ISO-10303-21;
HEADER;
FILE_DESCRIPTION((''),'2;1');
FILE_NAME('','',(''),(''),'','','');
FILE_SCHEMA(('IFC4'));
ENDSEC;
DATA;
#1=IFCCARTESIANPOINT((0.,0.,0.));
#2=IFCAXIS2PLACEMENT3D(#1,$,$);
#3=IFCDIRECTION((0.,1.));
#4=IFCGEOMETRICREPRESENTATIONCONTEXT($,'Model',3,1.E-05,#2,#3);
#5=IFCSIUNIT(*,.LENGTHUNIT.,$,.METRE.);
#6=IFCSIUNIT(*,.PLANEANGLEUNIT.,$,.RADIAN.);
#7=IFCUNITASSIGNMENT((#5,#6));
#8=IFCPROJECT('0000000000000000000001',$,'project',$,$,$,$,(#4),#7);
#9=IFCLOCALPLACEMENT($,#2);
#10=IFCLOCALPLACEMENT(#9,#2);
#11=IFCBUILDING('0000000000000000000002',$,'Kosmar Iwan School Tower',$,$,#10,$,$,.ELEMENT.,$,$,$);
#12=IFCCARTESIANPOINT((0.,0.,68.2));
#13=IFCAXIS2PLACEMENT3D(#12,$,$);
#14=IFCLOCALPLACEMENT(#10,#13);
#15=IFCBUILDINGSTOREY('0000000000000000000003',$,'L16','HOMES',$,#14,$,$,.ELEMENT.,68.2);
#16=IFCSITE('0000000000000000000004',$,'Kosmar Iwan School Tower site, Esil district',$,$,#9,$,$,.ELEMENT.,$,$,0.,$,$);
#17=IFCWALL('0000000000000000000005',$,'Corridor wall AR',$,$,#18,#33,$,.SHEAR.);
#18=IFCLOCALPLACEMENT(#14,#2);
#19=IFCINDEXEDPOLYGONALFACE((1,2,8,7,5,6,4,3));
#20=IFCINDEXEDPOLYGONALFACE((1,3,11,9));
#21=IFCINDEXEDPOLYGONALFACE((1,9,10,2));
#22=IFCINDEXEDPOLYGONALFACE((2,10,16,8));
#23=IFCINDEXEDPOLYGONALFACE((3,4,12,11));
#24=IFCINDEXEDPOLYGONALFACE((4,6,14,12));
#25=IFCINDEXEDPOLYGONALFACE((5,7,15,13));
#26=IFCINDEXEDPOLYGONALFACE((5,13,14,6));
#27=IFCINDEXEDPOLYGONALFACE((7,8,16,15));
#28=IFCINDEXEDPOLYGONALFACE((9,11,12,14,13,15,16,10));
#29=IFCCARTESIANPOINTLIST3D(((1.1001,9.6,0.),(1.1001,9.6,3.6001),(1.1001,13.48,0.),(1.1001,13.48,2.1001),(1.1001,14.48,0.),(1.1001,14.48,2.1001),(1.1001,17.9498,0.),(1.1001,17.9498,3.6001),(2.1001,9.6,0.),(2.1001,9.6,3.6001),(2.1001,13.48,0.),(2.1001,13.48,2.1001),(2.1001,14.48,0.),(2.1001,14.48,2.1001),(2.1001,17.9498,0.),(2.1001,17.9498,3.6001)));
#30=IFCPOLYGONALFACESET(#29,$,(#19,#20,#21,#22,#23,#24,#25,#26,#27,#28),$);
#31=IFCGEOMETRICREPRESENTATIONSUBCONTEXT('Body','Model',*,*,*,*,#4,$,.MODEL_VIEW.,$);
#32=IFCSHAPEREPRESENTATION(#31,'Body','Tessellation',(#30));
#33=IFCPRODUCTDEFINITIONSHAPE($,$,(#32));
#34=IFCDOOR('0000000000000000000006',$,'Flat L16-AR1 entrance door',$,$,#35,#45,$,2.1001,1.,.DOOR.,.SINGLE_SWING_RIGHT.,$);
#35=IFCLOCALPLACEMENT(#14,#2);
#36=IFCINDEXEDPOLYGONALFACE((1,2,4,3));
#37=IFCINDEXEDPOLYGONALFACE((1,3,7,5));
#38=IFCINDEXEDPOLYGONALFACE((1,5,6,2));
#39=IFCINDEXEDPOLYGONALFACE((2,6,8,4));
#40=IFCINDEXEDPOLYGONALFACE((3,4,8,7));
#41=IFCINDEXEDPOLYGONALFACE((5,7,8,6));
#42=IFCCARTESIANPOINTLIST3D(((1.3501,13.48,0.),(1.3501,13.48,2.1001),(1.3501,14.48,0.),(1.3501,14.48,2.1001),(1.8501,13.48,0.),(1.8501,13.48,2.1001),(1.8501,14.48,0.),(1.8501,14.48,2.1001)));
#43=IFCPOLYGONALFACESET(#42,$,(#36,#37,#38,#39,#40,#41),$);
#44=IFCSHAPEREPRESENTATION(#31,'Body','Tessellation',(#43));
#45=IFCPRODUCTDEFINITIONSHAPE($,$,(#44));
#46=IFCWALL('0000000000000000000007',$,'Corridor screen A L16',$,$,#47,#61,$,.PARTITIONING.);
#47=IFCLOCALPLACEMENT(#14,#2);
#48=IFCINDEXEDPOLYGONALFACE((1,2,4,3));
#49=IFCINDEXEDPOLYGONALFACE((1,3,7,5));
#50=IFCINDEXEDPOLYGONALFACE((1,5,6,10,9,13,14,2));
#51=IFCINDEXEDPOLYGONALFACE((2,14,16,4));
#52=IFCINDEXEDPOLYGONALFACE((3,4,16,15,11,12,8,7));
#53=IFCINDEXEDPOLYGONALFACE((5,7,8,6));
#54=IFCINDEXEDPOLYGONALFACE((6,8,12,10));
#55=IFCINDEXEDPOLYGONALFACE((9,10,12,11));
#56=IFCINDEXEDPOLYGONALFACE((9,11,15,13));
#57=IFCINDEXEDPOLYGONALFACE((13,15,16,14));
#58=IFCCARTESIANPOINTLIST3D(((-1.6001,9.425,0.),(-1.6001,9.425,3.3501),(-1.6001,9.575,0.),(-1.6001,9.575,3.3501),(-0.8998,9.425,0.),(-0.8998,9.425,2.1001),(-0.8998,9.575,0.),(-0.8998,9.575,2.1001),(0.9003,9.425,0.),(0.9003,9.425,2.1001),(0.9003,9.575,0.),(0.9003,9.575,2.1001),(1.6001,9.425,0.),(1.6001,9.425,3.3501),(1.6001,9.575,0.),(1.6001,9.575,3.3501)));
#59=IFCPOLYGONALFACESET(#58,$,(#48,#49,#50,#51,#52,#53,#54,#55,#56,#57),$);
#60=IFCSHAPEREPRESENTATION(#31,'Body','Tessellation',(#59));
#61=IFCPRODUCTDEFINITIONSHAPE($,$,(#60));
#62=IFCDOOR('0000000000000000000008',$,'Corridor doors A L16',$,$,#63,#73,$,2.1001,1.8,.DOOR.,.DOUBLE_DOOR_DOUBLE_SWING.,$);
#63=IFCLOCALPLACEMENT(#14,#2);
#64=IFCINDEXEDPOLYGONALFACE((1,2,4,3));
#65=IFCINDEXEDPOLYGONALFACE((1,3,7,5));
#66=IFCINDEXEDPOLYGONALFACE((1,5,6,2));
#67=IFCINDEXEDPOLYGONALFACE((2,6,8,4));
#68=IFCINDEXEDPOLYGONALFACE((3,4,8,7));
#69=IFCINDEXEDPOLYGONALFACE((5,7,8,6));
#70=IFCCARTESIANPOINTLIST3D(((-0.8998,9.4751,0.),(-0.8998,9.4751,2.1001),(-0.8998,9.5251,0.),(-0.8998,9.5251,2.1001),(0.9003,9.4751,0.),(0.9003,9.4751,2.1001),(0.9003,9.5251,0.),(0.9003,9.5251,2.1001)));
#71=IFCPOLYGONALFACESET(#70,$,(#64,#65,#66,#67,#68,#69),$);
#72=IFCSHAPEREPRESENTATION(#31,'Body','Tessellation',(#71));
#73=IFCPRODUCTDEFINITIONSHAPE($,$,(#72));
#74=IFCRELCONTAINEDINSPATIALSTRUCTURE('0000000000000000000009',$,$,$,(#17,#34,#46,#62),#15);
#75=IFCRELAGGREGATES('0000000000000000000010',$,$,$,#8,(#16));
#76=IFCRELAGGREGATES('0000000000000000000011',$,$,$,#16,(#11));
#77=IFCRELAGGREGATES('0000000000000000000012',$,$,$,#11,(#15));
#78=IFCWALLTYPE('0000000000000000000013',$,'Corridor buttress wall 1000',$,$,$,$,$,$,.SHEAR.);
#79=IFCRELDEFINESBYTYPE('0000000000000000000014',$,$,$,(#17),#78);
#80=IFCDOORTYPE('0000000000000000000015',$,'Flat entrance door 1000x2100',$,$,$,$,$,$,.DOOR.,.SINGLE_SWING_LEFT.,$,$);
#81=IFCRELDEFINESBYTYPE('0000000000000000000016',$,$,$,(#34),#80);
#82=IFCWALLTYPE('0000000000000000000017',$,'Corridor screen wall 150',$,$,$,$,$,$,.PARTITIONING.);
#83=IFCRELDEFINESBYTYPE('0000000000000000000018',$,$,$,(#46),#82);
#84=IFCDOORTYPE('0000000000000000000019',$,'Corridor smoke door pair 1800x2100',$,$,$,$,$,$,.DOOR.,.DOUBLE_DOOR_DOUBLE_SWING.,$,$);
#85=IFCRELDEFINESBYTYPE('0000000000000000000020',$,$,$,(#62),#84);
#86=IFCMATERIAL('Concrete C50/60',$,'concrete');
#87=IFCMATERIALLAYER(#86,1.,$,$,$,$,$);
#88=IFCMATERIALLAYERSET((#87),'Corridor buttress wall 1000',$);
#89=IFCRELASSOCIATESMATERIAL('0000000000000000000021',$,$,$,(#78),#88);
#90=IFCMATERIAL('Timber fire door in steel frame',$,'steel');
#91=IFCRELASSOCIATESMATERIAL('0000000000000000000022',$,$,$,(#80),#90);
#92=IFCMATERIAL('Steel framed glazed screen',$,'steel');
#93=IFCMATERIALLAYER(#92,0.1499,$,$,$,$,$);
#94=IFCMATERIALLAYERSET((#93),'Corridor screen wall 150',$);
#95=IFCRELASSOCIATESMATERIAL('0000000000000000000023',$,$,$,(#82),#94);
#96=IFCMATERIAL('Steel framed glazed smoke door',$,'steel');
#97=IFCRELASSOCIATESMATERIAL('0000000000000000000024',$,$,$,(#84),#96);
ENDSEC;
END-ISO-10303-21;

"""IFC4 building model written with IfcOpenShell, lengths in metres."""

from ifc_helpers import new_model, si_unit, direction, frame, frame_2d, origin, place, context, subcontext, project, spatial, rectangle, extrude, material, layer, layer_set, type_object, element, fill, save


model = new_model("IFC4")

# Units and contexts
model_context = context("Model", 3, precision=1e-05, world=origin(), true_north=direction((0.0, 1.0)))
body_context = subcontext(model_context, "Body", "Model", "MODEL_VIEW")
ifc_project = project(units=[si_unit("LENGTHUNIT", "METRE"), si_unit("PLANEANGLEUNIT", "RADIAN")], contexts=[model_context])

# Site, building, storey
site_placement = place(None, origin())
site = spatial("IfcSite", under=ifc_project, at=site_placement, Name="Kosmar Iwan School Tower site, Esil district", CompositionType="ELEMENT", RefElevation=0.0)
building_placement = place(site_placement, origin())
building = spatial("IfcBuilding", under=site, at=building_placement, Name="Kosmar Iwan School Tower", CompositionType="ELEMENT")
storey_placement = place(building_placement, frame((0.0, 0.0, 68.2)))
storey = spatial("IfcBuildingStorey", under=building, at=storey_placement, Name="L16", Description="HOMES", CompositionType="ELEMENT", Elevation=68.2)

# Walls, openings, doors
ifc_material_1 = material(Name="Concrete C50/60", Category="concrete")
ifc_layer_1 = layer(ifc_material_1, 1.0)
ifc_layer_set_1 = layer_set([ifc_layer_1], Name="Corridor buttress wall 1000")
wall_type_1 = type_object("IfcWallType", Name="Corridor buttress wall 1000", PredefinedType="SHEAR", material=ifc_layer_set_1)
wall_1_placement = place(storey_placement, frame((1.6001, 9.6001, 0.0), z_axis=(0.0, 0.0, 1.0), x_axis=(0.0, 1.0, 0.0)))
wall_1 = element("IfcWall", 1, at=wall_1_placement, inside=storey, type_object=wall_type_1, Name="Corridor wall AR", PredefinedType="SHEAR", context=body_context, shape_type="SweptSolid", body=[
    extrude(rectangle(XDim=8.3499, YDim=1.0, at=frame_2d((4.1748, 0.0))), origin(), (0.0, 0.0, 1.0), 3.6001),
])
opening_1_placement = place(wall_1_placement, frame((3.8799, 0.0, 0.0)))
opening_1 = element("IfcOpeningElement", 2, at=opening_1_placement, cuts=wall_1, PredefinedType="OPENING", context=body_context, shape_type="SweptSolid", body=[
    extrude(rectangle(XDim=1.0, YDim=2.1001, at=frame_2d((0.5, 1.05))), frame((0.0, 0.512, 0.0), z_axis=(0.0, -1.0, 0.0), x_axis=(1.0, 0.0, 0.0)), (0.0, 0.0, 1.0), 1.0239),
])
ifc_material_2 = material(Name="Timber fire door in steel frame", Category="steel")
door_type_1 = type_object("IfcDoorType", Name="Flat entrance door 1000x2100", OperationType="SINGLE_SWING_LEFT", PredefinedType="DOOR", material=ifc_material_2)
door_1_placement = place(opening_1_placement, origin())
door_1 = element("IfcDoor", 3, at=door_1_placement, inside=storey, type_object=door_type_1, Name="Flat L16-AR1 entrance door", OperationType="SINGLE_SWING_RIGHT", OverallHeight=2.1001, OverallWidth=1.0, PredefinedType="DOOR", context=body_context, shape_type="SweptSolid", body=[
    extrude(rectangle(XDim=1.0, YDim=2.1001, at=frame_2d((0.5, 1.05))), frame((0.0, 0.25, 0.0), z_axis=(0.0, -1.0, 0.0), x_axis=(1.0, 0.0, 0.0)), (0.0, 0.0, 1.0), 0.5),
])
fill(opening_1, door_1)
ifc_material_3 = material(Name="Steel framed glazed screen", Category="steel")
ifc_layer_2 = layer(ifc_material_3, 0.1499)
ifc_layer_set_2 = layer_set([ifc_layer_2], Name="Corridor screen wall 150")
wall_type_2 = type_object("IfcWallType", Name="Corridor screen wall 150", PredefinedType="PARTITIONING", material=ifc_layer_set_2)
wall_2_placement = place(storey_placement, frame((1.6001, 9.5, 0.0), z_axis=(0.0, 0.0, 1.0), x_axis=(-1.0, 0.0, 0.0)))
wall_2 = element("IfcWall", 4, at=wall_2_placement, inside=storey, type_object=wall_type_2, Name="Corridor screen A L16", PredefinedType="PARTITIONING", context=body_context, shape_type="SweptSolid", body=[
    extrude(rectangle(XDim=3.2002, YDim=0.1499, at=frame_2d((1.6001, 0.0))), origin(), (0.0, 0.0, 1.0), 3.3501),
])
opening_2_placement = place(wall_2_placement, frame((0.7, 0.0, 0.0)))
opening_2 = element("IfcOpeningElement", 5, at=opening_2_placement, cuts=wall_2, PredefinedType="OPENING", context=body_context, shape_type="SweptSolid", body=[
    extrude(rectangle(XDim=1.8, YDim=2.1001, at=frame_2d((0.8999, 1.05))), frame((0.0, 0.0869, 0.0), z_axis=(0.0, -1.0, 0.0), x_axis=(1.0, 0.0, 0.0)), (0.0, 0.0, 1.0), 0.1738),
])
ifc_material_4 = material(Name="Steel framed glazed smoke door", Category="steel")
door_type_2 = type_object("IfcDoorType", Name="Corridor smoke door pair 1800x2100", OperationType="DOUBLE_DOOR_DOUBLE_SWING", PredefinedType="DOOR", material=ifc_material_4)
door_2_placement = place(opening_2_placement, origin())
door_2 = element("IfcDoor", 6, at=door_2_placement, inside=storey, type_object=door_type_2, Name="Corridor doors A L16", OperationType="DOUBLE_DOOR_DOUBLE_SWING", OverallHeight=2.1001, OverallWidth=1.8, PredefinedType="DOOR", context=body_context, shape_type="SweptSolid", body=[
    extrude(rectangle(XDim=1.8, YDim=2.1001, at=frame_2d((0.8999, 1.05))), frame((0.0, 0.0249, 0.0), z_axis=(0.0, -1.0, 0.0), x_axis=(1.0, 0.0, 0.0)), (0.0, 0.0, 1.0), 0.05),
])
fill(opening_2, door_2)

save(model, "model.ifc")
